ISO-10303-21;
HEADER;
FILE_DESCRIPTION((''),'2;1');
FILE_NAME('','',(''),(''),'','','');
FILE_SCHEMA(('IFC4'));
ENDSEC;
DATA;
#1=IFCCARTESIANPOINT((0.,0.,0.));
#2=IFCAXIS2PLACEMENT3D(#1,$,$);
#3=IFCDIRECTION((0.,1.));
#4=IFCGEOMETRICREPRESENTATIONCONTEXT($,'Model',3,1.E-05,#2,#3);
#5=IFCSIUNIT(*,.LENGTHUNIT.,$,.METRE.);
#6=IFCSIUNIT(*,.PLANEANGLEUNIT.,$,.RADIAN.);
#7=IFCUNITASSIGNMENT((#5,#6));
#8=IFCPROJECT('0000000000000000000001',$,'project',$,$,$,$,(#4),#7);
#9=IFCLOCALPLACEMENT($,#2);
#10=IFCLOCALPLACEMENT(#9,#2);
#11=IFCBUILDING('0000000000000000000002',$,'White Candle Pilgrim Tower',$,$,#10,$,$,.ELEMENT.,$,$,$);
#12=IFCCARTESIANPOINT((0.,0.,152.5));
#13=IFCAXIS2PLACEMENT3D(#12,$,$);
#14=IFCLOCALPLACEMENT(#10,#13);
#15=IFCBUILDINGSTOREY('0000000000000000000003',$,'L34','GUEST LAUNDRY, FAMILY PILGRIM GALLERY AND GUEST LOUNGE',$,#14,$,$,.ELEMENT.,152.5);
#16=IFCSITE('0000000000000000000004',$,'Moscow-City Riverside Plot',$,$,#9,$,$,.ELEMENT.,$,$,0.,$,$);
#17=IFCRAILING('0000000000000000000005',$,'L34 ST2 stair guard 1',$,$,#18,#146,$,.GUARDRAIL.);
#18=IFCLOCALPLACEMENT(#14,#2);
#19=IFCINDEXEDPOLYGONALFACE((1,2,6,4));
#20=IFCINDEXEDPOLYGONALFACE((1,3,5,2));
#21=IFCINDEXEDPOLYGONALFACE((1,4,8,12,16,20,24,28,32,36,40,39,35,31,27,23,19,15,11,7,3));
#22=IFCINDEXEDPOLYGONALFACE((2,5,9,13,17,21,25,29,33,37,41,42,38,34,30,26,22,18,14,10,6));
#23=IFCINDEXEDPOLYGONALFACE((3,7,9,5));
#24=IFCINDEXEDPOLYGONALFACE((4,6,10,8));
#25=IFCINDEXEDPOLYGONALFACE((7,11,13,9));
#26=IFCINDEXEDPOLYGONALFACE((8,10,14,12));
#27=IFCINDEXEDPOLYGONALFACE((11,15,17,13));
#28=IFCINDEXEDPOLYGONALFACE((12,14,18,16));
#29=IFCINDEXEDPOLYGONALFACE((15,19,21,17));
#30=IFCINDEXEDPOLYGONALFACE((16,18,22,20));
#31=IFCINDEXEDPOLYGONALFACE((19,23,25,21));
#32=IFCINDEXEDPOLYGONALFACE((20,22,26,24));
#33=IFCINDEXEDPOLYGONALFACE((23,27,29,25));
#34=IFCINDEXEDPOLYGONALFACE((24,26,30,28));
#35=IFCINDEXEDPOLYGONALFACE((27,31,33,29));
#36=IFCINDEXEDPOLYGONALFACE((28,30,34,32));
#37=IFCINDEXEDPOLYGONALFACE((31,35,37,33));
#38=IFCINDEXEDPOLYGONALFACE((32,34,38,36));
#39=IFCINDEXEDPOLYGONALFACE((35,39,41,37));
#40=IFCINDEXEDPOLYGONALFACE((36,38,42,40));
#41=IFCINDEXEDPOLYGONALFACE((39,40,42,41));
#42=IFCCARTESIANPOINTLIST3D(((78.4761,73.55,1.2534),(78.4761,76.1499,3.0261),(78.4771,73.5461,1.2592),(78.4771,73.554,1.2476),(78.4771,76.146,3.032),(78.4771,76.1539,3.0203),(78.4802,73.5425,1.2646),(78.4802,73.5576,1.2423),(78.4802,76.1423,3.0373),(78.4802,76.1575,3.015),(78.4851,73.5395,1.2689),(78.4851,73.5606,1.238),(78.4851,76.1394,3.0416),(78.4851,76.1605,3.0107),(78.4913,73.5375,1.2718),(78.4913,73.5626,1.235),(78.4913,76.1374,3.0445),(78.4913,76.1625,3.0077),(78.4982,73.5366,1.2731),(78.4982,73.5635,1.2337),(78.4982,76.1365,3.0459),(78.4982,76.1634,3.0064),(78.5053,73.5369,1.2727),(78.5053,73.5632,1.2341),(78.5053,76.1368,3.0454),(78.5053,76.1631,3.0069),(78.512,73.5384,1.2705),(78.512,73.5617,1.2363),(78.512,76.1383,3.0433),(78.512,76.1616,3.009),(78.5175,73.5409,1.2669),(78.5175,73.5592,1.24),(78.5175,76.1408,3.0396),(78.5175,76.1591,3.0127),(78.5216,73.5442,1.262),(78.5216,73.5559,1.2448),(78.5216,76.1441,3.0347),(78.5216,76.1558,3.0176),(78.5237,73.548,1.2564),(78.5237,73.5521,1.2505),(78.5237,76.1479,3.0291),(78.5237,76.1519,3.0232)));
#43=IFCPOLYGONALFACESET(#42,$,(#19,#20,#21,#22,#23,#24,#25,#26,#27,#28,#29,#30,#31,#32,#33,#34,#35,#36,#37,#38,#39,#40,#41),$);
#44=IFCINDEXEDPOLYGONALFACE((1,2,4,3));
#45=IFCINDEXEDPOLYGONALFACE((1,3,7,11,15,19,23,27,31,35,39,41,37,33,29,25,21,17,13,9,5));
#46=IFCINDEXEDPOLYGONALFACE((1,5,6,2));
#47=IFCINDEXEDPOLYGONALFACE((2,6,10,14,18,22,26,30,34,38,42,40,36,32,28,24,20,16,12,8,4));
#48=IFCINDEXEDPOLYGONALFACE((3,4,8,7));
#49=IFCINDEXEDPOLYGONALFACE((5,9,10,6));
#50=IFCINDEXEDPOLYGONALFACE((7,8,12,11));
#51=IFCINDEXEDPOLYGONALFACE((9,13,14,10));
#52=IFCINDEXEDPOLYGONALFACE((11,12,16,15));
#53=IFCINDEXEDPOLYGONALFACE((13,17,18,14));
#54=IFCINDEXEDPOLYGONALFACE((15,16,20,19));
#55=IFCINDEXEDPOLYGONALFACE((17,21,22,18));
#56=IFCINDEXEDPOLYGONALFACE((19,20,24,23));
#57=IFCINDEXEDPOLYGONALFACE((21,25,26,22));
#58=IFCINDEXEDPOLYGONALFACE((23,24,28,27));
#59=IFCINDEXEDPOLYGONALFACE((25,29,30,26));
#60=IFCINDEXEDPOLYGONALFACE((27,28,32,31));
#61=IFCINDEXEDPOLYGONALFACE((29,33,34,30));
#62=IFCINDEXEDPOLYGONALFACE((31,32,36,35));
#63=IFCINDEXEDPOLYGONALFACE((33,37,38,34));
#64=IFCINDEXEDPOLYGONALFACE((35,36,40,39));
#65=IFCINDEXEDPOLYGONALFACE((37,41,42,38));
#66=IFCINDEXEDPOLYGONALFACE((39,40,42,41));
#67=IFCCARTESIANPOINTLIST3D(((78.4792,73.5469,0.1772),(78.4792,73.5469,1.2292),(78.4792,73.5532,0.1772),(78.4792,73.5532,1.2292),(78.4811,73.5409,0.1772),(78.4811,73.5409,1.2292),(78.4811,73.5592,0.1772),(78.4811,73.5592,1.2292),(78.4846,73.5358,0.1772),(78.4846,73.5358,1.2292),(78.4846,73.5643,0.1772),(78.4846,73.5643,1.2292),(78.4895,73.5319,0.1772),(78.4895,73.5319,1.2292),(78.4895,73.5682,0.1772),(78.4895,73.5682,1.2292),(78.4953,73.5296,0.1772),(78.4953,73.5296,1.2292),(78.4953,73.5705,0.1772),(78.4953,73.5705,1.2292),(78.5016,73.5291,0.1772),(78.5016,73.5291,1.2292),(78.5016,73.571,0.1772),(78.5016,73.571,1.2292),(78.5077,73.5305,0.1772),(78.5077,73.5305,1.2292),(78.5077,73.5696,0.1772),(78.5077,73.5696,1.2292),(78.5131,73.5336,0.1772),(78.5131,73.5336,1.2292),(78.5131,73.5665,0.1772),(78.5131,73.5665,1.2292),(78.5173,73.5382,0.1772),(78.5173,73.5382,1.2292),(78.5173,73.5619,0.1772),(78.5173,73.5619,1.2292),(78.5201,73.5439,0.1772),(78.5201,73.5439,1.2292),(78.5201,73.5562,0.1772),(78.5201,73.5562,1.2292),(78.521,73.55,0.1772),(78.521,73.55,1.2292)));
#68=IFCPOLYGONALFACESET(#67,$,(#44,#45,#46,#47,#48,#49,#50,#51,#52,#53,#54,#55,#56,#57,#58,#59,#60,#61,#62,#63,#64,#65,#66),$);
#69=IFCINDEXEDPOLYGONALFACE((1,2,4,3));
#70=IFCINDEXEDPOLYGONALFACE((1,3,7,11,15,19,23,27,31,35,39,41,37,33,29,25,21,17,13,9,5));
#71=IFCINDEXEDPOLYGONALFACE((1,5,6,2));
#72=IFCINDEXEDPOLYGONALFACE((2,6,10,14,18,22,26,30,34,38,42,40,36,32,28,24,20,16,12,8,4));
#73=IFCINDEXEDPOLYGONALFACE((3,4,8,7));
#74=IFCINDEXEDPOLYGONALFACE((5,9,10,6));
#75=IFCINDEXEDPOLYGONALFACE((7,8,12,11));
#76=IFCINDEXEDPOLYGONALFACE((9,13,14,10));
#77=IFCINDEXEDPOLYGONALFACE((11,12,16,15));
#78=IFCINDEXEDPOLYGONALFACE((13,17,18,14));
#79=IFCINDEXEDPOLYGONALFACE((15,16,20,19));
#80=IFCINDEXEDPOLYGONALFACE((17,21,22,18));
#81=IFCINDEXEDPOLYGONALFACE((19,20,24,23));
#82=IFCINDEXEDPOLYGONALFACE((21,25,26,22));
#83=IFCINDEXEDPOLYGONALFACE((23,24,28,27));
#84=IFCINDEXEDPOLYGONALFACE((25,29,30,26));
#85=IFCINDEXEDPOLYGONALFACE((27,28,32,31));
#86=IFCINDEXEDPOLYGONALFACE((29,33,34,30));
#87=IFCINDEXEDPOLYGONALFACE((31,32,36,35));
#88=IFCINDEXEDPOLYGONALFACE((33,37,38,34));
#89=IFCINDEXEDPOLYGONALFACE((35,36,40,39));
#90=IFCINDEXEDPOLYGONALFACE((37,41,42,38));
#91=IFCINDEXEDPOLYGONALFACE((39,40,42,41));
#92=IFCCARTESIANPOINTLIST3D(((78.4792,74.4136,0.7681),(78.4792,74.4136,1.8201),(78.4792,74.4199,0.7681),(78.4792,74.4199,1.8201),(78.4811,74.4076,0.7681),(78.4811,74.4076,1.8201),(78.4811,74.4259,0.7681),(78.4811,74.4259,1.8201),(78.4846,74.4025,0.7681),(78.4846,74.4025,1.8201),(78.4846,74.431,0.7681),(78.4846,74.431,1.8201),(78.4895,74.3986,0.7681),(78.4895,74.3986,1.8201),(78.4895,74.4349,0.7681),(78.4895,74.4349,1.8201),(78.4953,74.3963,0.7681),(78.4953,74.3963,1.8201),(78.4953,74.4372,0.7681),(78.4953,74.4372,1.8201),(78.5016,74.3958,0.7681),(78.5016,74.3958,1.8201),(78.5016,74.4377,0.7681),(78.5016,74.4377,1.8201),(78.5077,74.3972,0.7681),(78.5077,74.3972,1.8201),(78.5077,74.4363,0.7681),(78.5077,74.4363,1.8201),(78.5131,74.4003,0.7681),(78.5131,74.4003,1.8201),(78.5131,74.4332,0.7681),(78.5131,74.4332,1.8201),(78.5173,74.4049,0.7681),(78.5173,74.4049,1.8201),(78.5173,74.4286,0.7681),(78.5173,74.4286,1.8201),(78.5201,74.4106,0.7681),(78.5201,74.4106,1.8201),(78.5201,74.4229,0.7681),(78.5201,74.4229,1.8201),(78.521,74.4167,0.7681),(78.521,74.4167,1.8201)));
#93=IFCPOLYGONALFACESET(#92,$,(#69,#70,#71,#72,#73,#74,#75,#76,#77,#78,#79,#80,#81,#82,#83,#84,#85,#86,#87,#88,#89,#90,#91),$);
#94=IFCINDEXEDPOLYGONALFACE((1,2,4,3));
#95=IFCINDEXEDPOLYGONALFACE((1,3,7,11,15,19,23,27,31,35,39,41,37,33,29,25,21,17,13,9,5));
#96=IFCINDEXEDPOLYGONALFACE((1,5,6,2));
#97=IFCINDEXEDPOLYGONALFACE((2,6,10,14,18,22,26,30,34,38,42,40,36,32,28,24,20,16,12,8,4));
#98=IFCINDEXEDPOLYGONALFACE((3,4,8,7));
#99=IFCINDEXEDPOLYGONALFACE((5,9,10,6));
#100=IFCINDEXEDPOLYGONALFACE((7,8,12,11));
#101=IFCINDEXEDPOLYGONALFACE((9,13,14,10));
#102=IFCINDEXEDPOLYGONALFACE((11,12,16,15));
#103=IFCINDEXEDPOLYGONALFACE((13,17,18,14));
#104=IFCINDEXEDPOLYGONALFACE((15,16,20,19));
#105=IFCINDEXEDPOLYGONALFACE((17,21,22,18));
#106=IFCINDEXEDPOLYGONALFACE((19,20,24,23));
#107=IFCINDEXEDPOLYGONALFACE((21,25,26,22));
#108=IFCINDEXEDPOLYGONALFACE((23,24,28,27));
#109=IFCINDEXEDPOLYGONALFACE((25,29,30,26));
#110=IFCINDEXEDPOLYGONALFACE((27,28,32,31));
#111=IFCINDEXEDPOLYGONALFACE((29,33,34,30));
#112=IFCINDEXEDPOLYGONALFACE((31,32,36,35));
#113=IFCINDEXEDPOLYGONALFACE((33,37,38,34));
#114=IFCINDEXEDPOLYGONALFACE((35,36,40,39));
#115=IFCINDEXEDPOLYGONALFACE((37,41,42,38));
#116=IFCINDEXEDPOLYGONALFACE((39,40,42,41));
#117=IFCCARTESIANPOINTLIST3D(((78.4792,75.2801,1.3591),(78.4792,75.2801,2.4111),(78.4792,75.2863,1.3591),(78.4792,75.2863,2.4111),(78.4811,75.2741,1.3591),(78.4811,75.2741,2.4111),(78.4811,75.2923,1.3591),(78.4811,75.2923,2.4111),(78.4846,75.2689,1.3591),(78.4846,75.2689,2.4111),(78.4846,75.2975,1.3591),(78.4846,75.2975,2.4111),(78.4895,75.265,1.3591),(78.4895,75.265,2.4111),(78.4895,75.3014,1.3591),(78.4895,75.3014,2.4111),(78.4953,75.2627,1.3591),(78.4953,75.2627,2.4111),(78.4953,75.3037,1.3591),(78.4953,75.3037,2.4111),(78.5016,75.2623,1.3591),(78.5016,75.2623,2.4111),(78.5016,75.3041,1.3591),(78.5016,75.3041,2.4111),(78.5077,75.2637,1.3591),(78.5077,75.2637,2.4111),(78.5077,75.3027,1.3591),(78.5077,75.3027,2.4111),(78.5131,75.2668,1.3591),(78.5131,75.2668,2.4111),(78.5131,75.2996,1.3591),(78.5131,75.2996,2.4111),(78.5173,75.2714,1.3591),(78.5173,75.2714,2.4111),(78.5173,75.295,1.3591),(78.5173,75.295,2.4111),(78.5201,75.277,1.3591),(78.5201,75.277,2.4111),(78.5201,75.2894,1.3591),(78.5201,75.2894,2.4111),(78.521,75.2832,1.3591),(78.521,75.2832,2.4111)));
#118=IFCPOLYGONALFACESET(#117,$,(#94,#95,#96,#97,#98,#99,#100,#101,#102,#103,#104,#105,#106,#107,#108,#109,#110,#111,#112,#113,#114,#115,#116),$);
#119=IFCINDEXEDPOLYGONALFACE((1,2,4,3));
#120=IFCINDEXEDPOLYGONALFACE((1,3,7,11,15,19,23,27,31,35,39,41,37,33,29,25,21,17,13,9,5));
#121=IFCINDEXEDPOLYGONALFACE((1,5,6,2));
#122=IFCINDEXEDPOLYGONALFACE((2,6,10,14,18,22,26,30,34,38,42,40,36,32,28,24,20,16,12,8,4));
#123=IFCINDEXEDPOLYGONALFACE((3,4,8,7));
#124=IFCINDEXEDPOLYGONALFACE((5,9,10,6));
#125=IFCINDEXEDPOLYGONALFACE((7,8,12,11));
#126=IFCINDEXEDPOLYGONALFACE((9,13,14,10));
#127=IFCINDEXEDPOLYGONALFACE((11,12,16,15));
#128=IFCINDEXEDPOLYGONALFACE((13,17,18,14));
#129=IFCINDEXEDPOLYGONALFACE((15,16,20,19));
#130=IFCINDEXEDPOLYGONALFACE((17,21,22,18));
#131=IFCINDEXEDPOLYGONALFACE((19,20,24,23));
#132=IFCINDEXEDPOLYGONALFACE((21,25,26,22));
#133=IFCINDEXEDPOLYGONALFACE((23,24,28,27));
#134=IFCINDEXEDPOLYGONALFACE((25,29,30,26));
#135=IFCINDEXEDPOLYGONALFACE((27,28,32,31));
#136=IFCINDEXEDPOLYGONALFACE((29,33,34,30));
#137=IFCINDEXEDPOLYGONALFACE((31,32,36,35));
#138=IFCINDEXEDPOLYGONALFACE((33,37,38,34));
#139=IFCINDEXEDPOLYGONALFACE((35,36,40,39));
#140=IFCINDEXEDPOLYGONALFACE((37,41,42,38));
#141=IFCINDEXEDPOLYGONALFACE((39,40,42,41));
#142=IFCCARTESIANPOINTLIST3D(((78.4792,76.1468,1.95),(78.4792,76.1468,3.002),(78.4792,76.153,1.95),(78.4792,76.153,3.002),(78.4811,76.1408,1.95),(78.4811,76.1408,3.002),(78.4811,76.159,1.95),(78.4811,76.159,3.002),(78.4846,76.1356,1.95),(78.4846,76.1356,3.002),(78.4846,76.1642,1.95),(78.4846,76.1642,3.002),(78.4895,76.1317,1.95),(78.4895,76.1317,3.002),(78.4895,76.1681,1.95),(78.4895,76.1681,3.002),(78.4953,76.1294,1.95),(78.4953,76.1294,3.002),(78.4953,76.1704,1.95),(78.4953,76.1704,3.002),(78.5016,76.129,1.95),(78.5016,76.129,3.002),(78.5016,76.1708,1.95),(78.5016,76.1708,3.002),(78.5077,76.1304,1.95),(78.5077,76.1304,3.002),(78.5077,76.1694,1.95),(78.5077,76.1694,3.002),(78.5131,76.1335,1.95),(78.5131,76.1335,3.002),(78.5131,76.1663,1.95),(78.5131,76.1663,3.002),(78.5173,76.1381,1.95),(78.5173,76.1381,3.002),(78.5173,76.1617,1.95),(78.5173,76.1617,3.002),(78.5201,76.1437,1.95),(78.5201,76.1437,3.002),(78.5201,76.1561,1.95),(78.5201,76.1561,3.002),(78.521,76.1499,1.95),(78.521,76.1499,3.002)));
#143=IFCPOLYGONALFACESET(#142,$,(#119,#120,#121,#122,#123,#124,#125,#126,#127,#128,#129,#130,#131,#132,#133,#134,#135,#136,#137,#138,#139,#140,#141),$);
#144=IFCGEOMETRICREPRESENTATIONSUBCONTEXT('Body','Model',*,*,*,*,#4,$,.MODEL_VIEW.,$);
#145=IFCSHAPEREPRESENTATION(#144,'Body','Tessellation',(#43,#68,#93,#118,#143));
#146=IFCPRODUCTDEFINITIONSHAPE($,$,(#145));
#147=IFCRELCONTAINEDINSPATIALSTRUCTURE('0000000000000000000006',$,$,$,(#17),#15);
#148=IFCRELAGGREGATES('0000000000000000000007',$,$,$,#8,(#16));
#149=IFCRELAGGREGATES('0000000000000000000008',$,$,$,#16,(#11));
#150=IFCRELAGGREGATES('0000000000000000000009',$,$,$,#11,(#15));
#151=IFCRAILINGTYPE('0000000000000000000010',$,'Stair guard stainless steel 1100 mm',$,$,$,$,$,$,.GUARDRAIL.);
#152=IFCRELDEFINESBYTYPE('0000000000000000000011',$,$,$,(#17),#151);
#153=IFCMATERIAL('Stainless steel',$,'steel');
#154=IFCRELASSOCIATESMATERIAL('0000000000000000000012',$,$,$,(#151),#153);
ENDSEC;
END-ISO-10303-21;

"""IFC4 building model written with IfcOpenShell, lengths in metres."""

from ifc_helpers import new_model, si_unit, direction, frame, origin, origin_2d, place, context, subcontext, project, spatial, circle, extrude, material, type_object, element, save


model = new_model("IFC4")

# Units and contexts
model_context = context("Model", 3, precision=1e-05, world=origin(), true_north=direction((0.0, 1.0)))
body_context = subcontext(model_context, "Body", "Model", "MODEL_VIEW")
ifc_project = project(units=[si_unit("LENGTHUNIT", "METRE"), si_unit("PLANEANGLEUNIT", "RADIAN")], contexts=[model_context])

# Site, building, storey
site_placement = place(None, origin())
site = spatial("IfcSite", under=ifc_project, at=site_placement, Name="Moscow-City Riverside Plot", CompositionType="ELEMENT", RefElevation=0.0)
building_placement = place(site_placement, origin())
building = spatial("IfcBuilding", under=site, at=building_placement, Name="White Candle Pilgrim Tower", CompositionType="ELEMENT")
storey_placement = place(building_placement, frame((0.0, 0.0, 152.5)))
storey = spatial("IfcBuildingStorey", under=building, at=storey_placement, Name="L34", Description="GUEST LAUNDRY, FAMILY PILGRIM GALLERY AND GUEST LOUNGE", CompositionType="ELEMENT", Elevation=152.5)

# Railing
ifc_material_1 = material(Name="Stainless steel", Category="steel")
railing_type = type_object("IfcRailingType", Name="Stair guard stainless steel 1100 mm", PredefinedType="GUARDRAIL", material=ifc_material_1)
railing_1_placement = place(storey_placement, frame((78.5, 73.55, 0.1772)))
element("IfcRailing", 1, at=railing_1_placement, inside=storey, type_object=railing_type, Name="L34 ST2 stair guard 1", PredefinedType="GUARDRAIL", context=body_context, shape_type="SweptSolid", body=[
    extrude(circle(Radius=0.0239, at=origin_2d()), frame((0.0, 0.0, 1.0762), z_axis=(0.0, 0.826216, 0.563354), x_axis=(-1.0, 0.0, 0.0)), (0.0, 0.0, 1.0), 3.1467),
    extrude(circle(Radius=0.021, at=origin_2d()), origin(), (0.0, 0.0, 1.0), 1.052),
    extrude(circle(Radius=0.021, at=origin_2d()), frame((0.0, 0.8667, 0.5908)), (0.0, 0.0, 1.0), 1.052),
    extrude(circle(Radius=0.021, at=origin_2d()), frame((0.0, 1.7332, 1.1819)), (0.0, 0.0, 1.0), 1.052),
    extrude(circle(Radius=0.021, at=origin_2d()), frame((0.0, 2.5999, 1.7727)), (0.0, 0.0, 1.0), 1.052),
])

save(model, "model.ifc")
